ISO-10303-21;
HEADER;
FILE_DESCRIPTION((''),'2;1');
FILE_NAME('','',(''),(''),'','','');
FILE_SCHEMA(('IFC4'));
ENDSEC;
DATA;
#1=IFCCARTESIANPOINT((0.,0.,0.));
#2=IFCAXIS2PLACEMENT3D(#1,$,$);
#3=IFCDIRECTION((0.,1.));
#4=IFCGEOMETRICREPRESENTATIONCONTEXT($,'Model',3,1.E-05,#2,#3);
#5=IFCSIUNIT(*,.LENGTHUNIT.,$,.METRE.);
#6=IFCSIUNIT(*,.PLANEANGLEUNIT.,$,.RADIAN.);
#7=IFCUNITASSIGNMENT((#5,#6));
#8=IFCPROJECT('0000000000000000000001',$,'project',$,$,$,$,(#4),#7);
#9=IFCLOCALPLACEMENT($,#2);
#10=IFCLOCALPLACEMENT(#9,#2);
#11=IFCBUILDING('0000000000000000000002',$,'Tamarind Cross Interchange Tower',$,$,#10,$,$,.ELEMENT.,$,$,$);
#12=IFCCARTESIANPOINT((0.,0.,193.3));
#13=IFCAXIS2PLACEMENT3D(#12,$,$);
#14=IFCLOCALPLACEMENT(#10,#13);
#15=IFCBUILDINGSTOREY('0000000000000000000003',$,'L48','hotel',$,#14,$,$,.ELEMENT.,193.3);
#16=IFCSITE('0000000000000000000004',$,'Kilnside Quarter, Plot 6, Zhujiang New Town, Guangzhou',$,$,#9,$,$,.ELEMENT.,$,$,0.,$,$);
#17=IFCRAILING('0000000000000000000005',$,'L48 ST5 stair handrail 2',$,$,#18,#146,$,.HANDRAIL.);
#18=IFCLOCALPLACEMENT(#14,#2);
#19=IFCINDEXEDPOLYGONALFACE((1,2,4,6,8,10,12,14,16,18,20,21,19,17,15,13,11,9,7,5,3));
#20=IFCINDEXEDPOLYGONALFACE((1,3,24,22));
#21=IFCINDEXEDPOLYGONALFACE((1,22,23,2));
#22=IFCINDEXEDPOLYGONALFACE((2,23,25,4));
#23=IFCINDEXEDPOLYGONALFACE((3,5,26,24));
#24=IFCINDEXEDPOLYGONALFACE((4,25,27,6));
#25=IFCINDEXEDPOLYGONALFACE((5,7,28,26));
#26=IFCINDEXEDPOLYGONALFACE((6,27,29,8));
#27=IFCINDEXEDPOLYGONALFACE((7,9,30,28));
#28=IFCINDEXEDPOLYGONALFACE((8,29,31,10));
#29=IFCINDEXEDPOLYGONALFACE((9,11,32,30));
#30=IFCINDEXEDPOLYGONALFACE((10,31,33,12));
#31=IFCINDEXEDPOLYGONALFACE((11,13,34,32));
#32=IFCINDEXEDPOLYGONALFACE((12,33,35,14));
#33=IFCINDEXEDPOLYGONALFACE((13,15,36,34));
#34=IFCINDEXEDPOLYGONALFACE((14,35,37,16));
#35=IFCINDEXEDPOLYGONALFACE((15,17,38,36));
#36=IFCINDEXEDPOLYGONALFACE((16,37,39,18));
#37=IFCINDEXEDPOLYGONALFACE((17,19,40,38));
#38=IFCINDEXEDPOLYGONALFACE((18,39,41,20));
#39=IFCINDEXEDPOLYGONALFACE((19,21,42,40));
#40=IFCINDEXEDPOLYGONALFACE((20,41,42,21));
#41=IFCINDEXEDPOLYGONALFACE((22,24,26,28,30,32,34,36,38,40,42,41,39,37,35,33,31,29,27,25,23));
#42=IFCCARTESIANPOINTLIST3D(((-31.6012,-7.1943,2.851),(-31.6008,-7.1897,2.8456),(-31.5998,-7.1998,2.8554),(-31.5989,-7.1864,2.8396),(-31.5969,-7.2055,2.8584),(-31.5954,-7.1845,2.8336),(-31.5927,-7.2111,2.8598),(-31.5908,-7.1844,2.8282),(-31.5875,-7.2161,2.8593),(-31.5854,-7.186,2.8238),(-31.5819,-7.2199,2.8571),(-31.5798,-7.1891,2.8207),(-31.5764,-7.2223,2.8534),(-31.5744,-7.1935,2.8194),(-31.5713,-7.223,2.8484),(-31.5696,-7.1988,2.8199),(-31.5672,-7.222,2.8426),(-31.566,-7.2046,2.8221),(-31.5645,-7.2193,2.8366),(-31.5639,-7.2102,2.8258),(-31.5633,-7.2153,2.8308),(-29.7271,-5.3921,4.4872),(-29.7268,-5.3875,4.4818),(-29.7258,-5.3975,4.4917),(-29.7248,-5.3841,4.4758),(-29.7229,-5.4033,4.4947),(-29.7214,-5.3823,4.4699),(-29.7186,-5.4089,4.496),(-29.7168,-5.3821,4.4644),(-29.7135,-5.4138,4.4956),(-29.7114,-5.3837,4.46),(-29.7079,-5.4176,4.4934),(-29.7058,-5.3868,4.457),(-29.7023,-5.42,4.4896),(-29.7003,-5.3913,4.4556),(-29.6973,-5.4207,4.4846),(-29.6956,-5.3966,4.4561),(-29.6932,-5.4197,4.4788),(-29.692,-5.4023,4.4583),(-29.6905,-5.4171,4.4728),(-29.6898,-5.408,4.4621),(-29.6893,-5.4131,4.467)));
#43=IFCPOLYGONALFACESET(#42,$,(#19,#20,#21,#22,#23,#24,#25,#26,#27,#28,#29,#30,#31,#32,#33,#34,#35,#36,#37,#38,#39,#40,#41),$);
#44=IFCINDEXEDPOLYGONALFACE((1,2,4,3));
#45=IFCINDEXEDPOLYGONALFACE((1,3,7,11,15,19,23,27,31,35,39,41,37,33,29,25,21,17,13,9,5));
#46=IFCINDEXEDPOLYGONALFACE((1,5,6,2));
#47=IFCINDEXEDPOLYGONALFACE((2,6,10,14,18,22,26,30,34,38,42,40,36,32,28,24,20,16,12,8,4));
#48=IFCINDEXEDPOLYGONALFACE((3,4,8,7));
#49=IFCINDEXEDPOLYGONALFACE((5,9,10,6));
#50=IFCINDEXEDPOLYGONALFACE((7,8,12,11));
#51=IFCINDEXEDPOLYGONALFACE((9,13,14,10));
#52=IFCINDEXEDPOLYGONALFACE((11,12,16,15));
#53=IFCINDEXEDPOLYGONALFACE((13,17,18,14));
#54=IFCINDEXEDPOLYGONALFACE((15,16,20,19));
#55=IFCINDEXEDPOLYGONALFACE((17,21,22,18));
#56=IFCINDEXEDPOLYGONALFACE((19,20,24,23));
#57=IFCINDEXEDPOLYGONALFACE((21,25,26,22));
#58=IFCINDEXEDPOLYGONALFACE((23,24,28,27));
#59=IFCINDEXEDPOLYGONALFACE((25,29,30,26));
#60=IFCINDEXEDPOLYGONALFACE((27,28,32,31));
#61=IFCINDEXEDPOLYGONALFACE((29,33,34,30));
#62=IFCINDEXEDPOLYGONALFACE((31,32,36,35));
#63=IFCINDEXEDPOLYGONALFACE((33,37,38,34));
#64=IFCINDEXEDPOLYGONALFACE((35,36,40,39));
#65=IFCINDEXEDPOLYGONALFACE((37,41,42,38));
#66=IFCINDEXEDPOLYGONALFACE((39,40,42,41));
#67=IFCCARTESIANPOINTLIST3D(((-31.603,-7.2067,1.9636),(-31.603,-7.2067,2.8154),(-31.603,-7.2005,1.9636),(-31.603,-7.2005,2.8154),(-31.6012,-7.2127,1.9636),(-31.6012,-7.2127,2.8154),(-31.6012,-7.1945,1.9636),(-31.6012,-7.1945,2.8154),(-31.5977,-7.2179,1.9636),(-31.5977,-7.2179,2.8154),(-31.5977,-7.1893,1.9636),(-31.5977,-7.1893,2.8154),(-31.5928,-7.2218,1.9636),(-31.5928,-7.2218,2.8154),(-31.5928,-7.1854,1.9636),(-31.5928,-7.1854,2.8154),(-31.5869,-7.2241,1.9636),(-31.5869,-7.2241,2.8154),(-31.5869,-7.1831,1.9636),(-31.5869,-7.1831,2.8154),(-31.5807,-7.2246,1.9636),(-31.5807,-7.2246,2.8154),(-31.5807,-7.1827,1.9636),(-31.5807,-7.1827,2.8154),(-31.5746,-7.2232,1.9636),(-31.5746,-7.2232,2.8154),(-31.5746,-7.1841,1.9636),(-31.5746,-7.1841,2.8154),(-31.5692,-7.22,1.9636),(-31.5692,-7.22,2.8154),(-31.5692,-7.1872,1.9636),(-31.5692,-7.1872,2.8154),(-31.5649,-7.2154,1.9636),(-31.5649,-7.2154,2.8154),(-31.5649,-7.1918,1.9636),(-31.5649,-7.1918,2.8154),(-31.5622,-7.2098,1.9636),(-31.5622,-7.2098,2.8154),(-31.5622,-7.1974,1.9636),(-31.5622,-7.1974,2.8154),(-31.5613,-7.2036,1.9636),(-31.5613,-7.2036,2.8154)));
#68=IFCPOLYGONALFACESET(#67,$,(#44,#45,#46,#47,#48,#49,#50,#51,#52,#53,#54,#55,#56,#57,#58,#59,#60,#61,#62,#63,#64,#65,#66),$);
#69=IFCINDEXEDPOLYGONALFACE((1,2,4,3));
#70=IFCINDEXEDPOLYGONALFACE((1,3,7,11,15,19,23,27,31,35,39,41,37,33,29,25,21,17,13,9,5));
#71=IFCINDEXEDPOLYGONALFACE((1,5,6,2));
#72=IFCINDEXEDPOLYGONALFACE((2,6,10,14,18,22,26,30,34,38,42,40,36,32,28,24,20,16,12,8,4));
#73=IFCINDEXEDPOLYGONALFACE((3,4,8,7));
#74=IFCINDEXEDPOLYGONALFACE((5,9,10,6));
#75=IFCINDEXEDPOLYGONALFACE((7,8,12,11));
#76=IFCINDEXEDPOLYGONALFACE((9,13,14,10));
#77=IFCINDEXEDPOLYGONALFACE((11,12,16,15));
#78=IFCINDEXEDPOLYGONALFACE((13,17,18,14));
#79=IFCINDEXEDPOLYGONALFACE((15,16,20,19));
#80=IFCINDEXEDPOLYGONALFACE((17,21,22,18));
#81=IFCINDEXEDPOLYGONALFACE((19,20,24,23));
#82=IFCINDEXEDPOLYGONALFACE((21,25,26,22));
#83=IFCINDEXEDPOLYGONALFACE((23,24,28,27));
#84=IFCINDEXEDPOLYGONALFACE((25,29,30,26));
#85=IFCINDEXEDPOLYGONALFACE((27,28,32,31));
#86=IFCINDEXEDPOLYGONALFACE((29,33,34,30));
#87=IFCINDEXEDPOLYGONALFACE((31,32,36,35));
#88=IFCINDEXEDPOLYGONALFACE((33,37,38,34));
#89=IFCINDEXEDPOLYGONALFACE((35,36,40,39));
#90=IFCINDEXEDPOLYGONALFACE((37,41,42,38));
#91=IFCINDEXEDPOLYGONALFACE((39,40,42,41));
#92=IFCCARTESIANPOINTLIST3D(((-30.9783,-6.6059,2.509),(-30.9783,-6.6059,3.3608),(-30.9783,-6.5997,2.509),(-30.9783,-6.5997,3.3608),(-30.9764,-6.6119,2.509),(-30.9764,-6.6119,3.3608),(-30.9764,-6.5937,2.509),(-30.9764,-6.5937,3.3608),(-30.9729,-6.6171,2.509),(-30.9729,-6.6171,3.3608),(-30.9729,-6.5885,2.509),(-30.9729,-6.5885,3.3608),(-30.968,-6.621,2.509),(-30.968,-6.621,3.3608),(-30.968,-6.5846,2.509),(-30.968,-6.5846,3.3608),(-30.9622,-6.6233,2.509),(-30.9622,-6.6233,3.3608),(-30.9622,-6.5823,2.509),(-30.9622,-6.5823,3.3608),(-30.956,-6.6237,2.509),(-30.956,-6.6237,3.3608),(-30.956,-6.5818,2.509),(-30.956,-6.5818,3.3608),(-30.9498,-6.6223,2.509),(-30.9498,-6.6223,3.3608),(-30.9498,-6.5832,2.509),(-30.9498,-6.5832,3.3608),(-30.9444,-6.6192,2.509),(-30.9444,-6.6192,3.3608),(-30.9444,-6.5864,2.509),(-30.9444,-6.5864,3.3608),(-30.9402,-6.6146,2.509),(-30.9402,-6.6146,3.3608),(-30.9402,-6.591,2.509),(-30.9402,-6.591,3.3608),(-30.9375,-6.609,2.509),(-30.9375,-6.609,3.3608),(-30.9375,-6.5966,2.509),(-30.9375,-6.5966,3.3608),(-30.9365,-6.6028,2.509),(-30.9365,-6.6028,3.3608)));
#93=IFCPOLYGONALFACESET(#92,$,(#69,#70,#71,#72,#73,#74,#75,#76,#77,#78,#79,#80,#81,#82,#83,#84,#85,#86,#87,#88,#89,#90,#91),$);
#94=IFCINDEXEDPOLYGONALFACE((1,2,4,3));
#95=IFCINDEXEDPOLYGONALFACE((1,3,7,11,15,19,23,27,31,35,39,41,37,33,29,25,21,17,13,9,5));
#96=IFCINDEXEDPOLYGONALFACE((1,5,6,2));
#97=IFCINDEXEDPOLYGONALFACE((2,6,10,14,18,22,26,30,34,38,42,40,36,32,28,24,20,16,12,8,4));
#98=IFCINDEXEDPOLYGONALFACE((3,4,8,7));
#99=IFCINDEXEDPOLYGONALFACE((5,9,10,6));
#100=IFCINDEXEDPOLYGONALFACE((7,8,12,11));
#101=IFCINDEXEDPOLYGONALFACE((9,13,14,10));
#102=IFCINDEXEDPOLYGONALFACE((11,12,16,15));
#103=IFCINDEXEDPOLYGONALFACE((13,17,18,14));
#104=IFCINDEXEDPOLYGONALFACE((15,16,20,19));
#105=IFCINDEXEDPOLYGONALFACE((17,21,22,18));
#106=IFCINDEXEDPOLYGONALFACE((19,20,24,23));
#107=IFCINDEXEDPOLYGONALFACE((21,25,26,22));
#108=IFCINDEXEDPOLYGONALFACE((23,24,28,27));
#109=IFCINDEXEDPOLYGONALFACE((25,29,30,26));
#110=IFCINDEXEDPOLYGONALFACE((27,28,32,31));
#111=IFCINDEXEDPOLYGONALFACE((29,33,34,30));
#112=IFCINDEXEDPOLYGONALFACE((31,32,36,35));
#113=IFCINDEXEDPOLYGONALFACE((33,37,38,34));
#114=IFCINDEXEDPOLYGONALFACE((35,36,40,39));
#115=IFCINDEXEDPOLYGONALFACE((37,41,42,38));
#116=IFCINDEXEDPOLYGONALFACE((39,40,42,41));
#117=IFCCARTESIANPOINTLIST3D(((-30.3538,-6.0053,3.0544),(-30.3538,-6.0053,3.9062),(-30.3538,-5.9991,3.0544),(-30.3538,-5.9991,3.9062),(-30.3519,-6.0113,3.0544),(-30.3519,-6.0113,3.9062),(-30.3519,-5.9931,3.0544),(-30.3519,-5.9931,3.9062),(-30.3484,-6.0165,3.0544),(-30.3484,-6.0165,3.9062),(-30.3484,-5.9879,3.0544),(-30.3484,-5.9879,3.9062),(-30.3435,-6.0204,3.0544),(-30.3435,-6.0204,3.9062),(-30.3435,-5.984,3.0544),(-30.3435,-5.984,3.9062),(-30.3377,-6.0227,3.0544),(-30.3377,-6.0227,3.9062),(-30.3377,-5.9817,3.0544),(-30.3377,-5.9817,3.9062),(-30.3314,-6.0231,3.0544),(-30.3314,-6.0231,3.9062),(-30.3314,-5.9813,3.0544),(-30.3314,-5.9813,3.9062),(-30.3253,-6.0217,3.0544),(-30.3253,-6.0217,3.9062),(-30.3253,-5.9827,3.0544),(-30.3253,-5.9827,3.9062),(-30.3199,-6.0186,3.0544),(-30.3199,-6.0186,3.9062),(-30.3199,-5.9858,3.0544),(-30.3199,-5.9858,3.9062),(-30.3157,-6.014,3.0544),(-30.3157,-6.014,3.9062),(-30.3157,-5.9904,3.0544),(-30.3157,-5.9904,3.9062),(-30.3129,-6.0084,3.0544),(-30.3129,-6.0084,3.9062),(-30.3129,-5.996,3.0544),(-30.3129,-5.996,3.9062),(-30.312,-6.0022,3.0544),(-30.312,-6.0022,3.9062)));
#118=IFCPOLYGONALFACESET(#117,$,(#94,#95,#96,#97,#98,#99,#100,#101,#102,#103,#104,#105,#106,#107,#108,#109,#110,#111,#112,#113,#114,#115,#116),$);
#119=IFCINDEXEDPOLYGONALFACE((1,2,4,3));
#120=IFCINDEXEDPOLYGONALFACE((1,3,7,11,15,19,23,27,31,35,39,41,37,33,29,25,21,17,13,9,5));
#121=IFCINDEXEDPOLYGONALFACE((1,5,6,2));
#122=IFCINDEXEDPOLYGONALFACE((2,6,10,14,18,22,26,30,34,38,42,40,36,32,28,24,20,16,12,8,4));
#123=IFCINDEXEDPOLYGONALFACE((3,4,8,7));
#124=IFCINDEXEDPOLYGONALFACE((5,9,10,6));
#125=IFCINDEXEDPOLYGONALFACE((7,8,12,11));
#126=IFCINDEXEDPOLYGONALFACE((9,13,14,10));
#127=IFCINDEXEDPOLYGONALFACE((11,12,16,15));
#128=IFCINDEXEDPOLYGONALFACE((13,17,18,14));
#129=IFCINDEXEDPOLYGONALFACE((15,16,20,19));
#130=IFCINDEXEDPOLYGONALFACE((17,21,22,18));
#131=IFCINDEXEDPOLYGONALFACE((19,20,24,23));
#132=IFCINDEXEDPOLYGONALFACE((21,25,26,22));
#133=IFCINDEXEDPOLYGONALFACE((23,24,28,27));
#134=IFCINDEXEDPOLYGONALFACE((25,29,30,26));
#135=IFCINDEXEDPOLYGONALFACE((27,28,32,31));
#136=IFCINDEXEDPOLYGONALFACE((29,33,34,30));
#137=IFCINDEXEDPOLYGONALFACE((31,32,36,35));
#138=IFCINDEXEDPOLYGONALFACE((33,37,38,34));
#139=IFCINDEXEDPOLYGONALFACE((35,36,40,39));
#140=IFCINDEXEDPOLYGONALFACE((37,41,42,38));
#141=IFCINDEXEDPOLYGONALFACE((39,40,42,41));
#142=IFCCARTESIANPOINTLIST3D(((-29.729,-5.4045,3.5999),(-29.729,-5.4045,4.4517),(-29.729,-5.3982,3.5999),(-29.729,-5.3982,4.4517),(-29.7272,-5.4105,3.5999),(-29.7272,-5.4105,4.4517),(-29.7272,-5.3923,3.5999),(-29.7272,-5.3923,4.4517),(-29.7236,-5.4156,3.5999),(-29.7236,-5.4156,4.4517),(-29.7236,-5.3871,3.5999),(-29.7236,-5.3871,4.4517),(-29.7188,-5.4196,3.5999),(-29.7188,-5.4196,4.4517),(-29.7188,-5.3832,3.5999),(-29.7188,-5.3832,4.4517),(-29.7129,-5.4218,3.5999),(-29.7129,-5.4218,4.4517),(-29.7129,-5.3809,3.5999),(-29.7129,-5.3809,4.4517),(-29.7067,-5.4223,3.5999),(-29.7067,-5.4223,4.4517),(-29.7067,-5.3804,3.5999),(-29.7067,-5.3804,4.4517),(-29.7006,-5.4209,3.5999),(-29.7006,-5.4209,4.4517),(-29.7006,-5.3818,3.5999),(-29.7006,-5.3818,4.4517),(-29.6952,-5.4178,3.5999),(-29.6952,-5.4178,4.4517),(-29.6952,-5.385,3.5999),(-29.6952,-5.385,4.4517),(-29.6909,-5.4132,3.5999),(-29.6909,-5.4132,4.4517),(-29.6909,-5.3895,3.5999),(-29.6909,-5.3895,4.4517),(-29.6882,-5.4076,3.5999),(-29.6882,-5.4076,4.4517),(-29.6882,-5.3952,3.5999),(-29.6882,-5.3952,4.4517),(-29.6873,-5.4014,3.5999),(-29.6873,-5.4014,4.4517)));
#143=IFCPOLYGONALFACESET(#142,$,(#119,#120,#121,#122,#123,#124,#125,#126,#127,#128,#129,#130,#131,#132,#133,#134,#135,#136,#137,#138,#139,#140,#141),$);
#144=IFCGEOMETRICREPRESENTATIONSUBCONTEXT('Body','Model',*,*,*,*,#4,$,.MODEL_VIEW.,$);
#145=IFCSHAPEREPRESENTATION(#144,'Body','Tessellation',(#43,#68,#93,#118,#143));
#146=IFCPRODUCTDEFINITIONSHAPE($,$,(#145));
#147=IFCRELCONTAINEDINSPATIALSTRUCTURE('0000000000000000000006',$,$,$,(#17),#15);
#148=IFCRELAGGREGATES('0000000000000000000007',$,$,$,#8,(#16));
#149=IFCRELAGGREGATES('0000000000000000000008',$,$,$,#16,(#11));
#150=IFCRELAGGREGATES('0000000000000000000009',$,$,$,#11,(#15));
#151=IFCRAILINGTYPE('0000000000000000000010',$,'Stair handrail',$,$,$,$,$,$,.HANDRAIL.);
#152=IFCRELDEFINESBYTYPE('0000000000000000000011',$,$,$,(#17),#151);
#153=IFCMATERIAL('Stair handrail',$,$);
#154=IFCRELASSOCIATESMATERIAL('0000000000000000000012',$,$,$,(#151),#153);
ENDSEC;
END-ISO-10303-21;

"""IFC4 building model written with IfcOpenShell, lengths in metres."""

from ifc_helpers import new_model, si_unit, direction, frame, origin, origin_2d, place, context, subcontext, project, spatial, circle, extrude, material, type_object, element, save


model = new_model("IFC4")

# Units and contexts
model_context = context("Model", 3, precision=1e-05, world=origin(), true_north=direction((0.0, 1.0)))
body_context = subcontext(model_context, "Body", "Model", "MODEL_VIEW")
ifc_project = project(units=[si_unit("LENGTHUNIT", "METRE"), si_unit("PLANEANGLEUNIT", "RADIAN")], contexts=[model_context])

# Site, building, storey
site_placement = place(None, origin())
site = spatial("IfcSite", under=ifc_project, at=site_placement, Name="Kilnside Quarter, Plot 6, Zhujiang New Town, Guangzhou", CompositionType="ELEMENT", RefElevation=0.0)
building_placement = place(site_placement, origin())
building = spatial("IfcBuilding", under=site, at=building_placement, Name="Tamarind Cross Interchange Tower", CompositionType="ELEMENT")
storey_placement = place(building_placement, frame((0.0, 0.0, 193.3)))
storey = spatial("IfcBuildingStorey", under=building, at=storey_placement, Name="L48", Description="hotel", CompositionType="ELEMENT", Elevation=193.3)

# Railing
ifc_material_1 = material(Name="Stair handrail")
railing_type_1 = type_object("IfcRailingType", Name="Stair handrail", PredefinedType="HANDRAIL", material=ifc_material_1)
railing_1_placement = place(storey_placement, frame((-31.5823, -7.2036, 1.9636)))
element("IfcRailing", 1, at=railing_1_placement, inside=storey, type_object=railing_type_1, Name="L48 ST5 stair handrail 2", PredefinedType="HANDRAIL", context=body_context, shape_type="SweptSolid", body=[
    extrude(circle(Radius=0.0239, at=origin_2d()), frame((0.0, 0.0, 0.876), z_axis=(0.61003, 0.586665, 0.532624), x_axis=(-0.693169, 0.720775, 0.0)), (0.0, 0.0, 1.0), 3.072),
    extrude(circle(Radius=0.021, at=origin_2d()), origin(), (0.0, 0.0, 1.0), 0.8518),
    extrude(circle(Radius=0.021, at=origin_2d()), frame((0.6248, 0.6008, 0.5454)), (0.0, 0.0, 1.0), 0.8518),
    extrude(circle(Radius=0.021, at=origin_2d()), frame((1.2493, 1.2014, 1.0908)), (0.0, 0.0, 1.0), 0.8518),
    extrude(circle(Radius=0.021, at=origin_2d()), frame((1.874, 1.8022, 1.6362)), (0.0, 0.0, 1.0), 0.8518),
])

save(model, "model.ifc")
